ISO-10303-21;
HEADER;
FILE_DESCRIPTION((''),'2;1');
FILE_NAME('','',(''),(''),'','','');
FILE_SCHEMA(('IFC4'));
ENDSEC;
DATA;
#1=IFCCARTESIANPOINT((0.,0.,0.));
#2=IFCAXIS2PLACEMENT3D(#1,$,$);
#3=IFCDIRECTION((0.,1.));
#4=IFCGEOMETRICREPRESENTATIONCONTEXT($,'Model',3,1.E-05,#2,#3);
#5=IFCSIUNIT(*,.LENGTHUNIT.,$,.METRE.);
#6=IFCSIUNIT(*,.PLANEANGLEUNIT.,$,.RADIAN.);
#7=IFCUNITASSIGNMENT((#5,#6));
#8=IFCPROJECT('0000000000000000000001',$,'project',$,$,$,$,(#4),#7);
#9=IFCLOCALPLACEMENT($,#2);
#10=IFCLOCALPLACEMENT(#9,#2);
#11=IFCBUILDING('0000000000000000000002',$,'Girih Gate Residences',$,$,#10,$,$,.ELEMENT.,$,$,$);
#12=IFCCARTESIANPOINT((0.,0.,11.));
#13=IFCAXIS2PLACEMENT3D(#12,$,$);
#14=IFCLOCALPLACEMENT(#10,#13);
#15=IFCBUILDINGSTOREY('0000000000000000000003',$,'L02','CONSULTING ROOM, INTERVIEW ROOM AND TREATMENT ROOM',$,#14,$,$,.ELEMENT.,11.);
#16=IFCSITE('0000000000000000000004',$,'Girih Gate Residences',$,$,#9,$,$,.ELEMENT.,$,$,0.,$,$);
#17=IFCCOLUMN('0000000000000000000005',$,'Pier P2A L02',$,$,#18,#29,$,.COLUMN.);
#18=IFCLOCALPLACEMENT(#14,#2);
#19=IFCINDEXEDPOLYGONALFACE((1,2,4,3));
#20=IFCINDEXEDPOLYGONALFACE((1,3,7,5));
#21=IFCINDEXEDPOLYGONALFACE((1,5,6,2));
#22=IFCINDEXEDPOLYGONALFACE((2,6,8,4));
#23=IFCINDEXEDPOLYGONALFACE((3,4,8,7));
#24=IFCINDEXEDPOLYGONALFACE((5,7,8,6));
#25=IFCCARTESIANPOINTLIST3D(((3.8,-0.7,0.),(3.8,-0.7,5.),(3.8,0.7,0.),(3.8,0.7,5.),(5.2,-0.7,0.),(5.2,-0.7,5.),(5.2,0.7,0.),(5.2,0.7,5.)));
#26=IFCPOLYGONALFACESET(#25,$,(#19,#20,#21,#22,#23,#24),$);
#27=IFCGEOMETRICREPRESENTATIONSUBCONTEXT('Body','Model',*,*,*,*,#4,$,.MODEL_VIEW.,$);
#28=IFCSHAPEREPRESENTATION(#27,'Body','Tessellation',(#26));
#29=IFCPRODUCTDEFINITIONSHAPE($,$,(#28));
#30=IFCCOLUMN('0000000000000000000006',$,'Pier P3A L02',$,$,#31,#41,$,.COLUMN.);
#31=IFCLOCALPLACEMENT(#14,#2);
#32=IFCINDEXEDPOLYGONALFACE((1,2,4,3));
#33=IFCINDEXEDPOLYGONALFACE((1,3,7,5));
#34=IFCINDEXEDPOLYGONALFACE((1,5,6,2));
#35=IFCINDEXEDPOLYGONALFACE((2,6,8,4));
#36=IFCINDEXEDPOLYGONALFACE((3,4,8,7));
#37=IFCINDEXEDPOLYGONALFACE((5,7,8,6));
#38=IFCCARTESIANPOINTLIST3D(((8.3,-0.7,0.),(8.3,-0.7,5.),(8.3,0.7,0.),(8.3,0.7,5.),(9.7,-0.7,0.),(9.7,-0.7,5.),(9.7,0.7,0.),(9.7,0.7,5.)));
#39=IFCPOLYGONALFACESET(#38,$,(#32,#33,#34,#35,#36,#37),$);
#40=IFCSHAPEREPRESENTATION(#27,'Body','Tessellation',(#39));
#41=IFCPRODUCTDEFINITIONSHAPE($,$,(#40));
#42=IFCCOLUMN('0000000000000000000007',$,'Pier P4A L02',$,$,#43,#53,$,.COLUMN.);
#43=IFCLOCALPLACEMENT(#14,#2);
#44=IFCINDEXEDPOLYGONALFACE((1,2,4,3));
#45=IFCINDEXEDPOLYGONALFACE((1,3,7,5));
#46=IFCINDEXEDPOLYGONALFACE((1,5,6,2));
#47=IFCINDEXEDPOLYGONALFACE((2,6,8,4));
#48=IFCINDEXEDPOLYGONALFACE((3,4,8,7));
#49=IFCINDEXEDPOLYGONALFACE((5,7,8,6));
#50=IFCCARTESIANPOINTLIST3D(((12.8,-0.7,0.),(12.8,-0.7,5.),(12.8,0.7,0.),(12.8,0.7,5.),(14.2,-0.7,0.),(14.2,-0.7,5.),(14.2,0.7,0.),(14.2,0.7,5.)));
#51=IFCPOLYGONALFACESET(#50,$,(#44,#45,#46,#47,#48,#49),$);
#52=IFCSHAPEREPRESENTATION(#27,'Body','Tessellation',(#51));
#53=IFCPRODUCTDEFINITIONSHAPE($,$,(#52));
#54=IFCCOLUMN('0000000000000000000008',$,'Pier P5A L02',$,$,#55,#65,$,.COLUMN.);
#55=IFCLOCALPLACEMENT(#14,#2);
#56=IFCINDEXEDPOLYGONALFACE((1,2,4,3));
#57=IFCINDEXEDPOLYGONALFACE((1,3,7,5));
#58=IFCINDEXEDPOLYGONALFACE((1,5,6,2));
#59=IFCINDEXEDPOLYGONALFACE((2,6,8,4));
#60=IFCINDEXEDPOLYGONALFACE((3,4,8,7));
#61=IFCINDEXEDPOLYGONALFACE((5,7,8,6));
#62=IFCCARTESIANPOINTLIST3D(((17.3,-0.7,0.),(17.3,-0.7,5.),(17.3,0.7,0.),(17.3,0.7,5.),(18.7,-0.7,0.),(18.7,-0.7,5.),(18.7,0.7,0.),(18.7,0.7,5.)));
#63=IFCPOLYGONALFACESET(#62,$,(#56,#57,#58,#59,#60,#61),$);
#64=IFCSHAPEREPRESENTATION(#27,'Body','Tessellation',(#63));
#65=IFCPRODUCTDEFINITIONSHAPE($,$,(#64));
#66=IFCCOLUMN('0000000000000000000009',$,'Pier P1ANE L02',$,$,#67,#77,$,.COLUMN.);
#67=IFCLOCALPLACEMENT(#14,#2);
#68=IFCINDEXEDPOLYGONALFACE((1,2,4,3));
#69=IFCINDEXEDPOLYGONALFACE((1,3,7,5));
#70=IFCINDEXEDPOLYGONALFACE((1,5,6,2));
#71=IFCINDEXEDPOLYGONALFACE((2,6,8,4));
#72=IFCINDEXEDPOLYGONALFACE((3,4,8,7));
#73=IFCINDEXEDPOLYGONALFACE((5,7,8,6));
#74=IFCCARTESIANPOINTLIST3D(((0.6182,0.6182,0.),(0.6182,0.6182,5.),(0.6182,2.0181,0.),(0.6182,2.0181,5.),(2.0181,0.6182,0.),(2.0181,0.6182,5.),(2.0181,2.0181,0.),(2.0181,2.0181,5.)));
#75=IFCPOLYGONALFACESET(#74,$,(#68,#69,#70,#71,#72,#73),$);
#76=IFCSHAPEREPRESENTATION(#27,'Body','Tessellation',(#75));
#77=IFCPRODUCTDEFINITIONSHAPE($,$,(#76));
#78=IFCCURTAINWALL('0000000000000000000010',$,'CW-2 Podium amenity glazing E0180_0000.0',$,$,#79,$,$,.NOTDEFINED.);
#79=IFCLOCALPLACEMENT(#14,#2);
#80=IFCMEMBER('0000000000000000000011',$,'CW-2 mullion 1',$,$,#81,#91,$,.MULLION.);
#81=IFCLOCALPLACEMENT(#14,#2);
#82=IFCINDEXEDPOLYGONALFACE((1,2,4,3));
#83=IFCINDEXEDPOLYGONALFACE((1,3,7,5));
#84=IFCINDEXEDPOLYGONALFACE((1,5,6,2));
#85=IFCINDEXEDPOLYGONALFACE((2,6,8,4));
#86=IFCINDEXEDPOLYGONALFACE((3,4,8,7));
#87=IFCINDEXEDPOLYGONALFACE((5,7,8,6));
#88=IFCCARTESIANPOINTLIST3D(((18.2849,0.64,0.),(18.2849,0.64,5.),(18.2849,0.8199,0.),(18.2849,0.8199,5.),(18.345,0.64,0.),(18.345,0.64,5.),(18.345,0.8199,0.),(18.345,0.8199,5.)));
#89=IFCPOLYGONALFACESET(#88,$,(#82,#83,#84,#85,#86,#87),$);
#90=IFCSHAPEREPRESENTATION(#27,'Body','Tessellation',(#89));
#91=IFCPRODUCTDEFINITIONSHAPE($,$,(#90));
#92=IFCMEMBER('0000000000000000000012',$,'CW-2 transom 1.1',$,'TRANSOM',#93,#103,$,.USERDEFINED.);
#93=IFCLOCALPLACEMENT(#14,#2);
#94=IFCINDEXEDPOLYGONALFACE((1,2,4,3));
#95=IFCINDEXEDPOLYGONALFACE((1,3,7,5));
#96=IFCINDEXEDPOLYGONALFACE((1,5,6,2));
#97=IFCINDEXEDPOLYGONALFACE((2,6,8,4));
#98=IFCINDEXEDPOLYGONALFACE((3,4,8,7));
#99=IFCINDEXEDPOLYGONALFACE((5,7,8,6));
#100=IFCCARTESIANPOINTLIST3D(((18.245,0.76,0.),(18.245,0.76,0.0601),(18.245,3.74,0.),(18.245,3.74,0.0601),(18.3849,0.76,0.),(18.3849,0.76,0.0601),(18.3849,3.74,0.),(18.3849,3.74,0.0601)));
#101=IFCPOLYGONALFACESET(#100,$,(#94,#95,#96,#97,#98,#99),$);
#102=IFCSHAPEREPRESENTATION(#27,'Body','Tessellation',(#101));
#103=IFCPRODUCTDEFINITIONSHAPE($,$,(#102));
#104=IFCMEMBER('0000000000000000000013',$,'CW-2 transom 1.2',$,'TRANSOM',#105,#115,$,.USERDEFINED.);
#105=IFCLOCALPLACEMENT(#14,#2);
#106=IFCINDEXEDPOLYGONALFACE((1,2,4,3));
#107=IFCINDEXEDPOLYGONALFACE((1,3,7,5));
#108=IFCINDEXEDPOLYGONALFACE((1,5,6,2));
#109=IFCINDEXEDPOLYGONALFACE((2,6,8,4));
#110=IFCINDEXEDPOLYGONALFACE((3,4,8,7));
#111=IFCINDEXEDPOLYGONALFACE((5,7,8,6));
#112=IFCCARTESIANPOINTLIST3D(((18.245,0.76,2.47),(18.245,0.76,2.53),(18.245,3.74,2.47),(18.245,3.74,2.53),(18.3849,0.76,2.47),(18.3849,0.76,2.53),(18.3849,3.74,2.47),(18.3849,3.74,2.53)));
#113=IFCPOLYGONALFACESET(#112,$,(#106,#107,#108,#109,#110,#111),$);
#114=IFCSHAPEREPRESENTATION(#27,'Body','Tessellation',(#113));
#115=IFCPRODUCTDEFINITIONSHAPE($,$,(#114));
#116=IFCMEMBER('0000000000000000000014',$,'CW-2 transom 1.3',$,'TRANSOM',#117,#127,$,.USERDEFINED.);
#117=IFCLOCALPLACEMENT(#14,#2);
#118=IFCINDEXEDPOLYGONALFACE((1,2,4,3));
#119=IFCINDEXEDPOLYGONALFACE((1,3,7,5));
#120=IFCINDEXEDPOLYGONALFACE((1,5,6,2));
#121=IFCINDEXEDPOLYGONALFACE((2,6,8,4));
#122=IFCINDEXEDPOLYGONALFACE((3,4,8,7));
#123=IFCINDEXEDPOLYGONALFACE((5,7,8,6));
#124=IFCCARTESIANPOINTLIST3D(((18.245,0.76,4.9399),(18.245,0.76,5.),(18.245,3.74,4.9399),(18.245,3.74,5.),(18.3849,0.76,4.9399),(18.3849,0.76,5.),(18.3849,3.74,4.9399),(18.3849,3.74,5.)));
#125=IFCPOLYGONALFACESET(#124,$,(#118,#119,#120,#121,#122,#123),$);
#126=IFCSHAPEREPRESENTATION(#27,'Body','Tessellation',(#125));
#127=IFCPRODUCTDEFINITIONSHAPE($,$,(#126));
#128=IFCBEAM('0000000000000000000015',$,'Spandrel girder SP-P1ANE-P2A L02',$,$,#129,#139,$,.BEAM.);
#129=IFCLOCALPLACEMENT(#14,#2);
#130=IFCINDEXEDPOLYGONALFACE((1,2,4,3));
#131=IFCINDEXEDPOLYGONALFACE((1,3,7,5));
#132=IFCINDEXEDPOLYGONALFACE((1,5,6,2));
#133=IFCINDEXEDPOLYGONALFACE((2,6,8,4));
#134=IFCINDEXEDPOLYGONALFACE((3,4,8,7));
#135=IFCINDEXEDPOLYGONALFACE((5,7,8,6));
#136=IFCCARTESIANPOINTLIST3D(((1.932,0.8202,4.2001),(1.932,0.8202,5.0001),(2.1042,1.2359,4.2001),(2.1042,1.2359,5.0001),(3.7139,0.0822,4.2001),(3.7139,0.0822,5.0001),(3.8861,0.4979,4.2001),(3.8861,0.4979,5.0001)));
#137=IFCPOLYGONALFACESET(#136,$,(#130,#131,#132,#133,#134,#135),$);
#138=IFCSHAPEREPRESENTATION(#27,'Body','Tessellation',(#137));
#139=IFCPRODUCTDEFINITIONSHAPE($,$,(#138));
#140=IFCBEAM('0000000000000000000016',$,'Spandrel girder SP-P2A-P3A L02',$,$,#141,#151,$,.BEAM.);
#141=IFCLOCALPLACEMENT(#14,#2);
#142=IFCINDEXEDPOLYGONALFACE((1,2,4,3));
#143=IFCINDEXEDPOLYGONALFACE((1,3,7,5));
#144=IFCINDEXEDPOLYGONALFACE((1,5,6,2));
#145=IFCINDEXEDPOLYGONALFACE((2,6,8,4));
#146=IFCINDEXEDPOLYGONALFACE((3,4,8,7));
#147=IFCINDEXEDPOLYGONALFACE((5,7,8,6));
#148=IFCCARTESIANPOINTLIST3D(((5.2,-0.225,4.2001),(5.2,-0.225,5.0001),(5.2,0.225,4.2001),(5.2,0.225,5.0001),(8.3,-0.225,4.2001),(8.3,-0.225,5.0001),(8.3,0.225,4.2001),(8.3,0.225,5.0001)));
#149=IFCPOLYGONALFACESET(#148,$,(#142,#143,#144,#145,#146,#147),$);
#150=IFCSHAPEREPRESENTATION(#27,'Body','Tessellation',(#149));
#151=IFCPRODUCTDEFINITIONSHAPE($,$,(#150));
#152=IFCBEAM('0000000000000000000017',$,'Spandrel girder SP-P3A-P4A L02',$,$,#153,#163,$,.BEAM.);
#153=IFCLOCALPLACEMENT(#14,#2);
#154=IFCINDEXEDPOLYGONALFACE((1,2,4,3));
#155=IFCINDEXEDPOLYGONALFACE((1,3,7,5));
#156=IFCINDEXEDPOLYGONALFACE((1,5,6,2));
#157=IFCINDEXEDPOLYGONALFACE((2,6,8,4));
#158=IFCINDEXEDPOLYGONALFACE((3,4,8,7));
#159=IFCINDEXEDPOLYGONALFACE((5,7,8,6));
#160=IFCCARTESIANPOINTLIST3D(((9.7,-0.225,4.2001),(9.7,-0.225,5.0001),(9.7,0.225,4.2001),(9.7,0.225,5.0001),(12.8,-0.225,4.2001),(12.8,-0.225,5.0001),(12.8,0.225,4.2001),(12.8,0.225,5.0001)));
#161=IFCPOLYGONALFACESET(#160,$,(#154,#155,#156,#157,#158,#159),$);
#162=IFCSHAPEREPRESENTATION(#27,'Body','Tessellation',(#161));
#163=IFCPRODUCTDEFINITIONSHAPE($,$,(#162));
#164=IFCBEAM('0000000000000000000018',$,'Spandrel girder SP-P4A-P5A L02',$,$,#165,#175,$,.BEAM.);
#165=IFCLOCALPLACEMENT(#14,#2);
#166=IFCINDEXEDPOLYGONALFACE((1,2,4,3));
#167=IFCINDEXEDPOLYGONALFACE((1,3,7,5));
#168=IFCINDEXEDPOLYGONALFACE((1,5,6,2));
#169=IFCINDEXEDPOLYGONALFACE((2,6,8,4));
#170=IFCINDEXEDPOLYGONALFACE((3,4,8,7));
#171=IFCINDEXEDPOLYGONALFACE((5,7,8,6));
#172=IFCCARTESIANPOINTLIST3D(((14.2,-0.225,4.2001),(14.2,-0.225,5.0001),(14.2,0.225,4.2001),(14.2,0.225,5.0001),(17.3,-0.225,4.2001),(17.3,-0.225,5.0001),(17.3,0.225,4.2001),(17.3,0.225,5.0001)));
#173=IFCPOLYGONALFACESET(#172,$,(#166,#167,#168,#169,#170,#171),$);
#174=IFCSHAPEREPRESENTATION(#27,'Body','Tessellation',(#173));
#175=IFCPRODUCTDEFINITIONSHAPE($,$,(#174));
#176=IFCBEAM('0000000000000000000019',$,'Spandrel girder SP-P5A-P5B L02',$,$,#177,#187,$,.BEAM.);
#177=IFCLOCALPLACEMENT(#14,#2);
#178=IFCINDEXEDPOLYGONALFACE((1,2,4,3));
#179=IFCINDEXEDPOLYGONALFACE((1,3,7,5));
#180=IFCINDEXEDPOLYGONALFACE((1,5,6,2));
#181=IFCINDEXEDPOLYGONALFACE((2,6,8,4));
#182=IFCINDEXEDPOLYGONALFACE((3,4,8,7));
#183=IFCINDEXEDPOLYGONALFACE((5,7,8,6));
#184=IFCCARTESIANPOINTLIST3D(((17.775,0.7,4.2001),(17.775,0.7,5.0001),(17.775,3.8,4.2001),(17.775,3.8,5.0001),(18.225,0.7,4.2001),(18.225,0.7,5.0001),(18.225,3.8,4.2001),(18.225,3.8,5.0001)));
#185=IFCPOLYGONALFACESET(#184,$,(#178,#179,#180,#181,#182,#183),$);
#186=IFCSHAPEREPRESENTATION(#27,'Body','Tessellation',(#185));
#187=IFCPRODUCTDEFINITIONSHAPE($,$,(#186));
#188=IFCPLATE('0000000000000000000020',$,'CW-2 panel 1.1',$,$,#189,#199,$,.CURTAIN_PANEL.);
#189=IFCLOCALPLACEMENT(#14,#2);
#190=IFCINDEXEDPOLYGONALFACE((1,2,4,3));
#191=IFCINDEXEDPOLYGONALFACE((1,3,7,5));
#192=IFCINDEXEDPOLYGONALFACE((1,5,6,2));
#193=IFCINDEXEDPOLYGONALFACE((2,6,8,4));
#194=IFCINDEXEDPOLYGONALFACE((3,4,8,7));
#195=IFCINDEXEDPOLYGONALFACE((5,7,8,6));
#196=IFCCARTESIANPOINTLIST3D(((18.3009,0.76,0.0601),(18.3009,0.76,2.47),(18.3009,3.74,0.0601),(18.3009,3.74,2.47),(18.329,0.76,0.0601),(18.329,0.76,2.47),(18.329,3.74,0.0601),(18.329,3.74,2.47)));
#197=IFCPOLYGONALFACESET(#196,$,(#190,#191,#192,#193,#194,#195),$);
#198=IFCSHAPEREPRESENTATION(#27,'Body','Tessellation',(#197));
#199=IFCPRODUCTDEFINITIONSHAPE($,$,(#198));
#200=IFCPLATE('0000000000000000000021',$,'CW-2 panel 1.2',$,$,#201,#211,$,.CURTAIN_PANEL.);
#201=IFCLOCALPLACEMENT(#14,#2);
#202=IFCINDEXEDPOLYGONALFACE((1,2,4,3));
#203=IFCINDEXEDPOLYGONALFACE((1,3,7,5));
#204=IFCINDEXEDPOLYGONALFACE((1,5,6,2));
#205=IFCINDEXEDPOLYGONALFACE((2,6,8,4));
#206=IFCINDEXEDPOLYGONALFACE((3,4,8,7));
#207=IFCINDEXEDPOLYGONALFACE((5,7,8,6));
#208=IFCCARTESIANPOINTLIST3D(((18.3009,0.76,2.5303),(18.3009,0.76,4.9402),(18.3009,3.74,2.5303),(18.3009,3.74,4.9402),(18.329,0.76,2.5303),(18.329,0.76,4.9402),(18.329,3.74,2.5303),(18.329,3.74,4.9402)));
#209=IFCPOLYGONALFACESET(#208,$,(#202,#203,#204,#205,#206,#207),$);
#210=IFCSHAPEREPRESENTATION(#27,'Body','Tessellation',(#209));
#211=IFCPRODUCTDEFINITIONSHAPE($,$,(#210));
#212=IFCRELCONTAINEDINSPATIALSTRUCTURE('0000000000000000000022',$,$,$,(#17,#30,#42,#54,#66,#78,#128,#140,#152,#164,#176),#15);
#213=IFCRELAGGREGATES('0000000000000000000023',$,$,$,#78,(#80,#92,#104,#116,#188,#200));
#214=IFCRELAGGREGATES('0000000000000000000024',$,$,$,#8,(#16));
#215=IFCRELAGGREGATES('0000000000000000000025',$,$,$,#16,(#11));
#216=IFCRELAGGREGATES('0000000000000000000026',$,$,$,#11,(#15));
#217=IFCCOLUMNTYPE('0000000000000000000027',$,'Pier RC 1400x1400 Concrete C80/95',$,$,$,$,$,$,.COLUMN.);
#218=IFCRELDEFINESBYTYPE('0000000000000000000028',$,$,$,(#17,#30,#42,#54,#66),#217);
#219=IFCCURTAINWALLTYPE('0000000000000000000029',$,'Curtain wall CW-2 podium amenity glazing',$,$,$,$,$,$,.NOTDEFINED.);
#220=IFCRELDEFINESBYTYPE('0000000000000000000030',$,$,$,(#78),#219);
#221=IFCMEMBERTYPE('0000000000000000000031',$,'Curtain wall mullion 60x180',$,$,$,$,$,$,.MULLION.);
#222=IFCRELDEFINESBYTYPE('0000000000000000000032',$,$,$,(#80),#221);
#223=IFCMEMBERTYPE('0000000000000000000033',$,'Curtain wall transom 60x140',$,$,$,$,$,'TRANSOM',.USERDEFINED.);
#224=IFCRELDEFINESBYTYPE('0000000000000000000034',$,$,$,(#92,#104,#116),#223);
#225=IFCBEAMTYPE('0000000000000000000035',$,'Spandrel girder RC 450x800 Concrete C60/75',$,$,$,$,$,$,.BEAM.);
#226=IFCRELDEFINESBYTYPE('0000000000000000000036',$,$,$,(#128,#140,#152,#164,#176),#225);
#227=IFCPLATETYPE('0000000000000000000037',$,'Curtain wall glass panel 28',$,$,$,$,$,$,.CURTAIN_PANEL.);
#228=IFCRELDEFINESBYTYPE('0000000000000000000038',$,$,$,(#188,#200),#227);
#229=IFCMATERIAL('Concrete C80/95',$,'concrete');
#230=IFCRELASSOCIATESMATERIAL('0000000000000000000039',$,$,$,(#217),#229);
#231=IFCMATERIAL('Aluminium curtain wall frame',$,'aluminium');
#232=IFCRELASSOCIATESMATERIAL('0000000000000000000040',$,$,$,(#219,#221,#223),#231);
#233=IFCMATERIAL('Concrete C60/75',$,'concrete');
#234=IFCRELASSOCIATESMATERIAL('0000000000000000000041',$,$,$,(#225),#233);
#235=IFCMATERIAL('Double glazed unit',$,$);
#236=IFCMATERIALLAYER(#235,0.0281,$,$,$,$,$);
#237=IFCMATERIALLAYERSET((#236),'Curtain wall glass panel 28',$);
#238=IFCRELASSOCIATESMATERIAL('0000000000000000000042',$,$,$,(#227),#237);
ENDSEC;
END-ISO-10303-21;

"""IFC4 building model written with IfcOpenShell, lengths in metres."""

from ifc_helpers import new_model, si_unit, direction, frame, origin, origin_2d, place, context, subcontext, project, spatial, rectangle, extrude, material, layer, layer_set, material_profile, profile_set, type_object, element, aggregate, save


model = new_model("IFC4")

# Units and contexts
model_context = context("Model", 3, precision=1e-05, world=origin(), true_north=direction((0.0, 1.0)))
body_context = subcontext(model_context, "Body", "Model", "MODEL_VIEW")
ifc_project = project(units=[si_unit("LENGTHUNIT", "METRE"), si_unit("PLANEANGLEUNIT", "RADIAN")], contexts=[model_context])

# Site, building, storey
site_placement = place(None, origin())
site = spatial("IfcSite", under=ifc_project, at=site_placement, Name="Girih Gate Residences", CompositionType="ELEMENT", RefElevation=0.0)
building_placement = place(site_placement, origin())
building = spatial("IfcBuilding", under=site, at=building_placement, Name="Girih Gate Residences", CompositionType="ELEMENT")
storey_placement = place(building_placement, frame((0.0, 0.0, 11.0)))
storey = spatial("IfcBuildingStorey", under=building, at=storey_placement, Name="L02", Description="CONSULTING ROOM, INTERVIEW ROOM AND TREATMENT ROOM", CompositionType="ELEMENT", Elevation=11.0)

# Columns
ifc_material_1 = material(Name="Concrete C80/95", Category="concrete")
ifc_material_profile_1 = material_profile(ifc_material_1, rectangle(XDim=1.3999, YDim=1.3999, at=origin_2d()))
ifc_profile_set_1 = profile_set([ifc_material_profile_1], Name="Concrete C80/95")
column_type = type_object("IfcColumnType", Name="Pier RC 1400x1400 Concrete C80/95", PredefinedType="COLUMN", material=ifc_profile_set_1)
for number, where, z_axis, x_axis, name in (
    (1, (4.5, 0.0, 0.0), (0.0, 0.0, 1.0), (1.0, 0.0, 0.0), "Pier P2A L02"),
    (2, (9.0, 0.0, 0.0), (0.0, 0.0, 1.0), (1.0, 0.0, 0.0), "Pier P3A L02"),
    (3, (13.5, 0.0, 0.0), (0.0, 0.0, 1.0), (1.0, 0.0, 0.0), "Pier P4A L02"),
    (4, (18.0, 0.0, 0.0), (0.0, 0.0, 1.0), (1.0, 0.0, 0.0), "Pier P5A L02"),
    (5, (1.3181, 1.3181, 0.0), (0.0, 0.0, 1.0), (1.0, 0.0, 0.0), "Pier P1ANE L02"),
):
    element("IfcColumn", number, at=place(storey_placement, frame(where, z_axis=z_axis, x_axis=x_axis)), inside=storey, type_object=column_type, Name=name, PredefinedType="COLUMN", context=body_context, shape_type="SweptSolid", body=[
        extrude(rectangle(XDim=1.3999, YDim=1.3999, at=origin_2d()), origin(), (0.0, 0.0, 1.0), 5.0),
    ])

# Curtain wall, members
ifc_material_2 = material(Name="Aluminium curtain wall frame", Category="aluminium")
curtain_wall_type = type_object("IfcCurtainWallType", Name="Curtain wall CW-2 podium amenity glazing", PredefinedType="NOTDEFINED", material=ifc_material_2)
curtain_wall_placement = place(storey_placement, origin())
curtain_wall = element("IfcCurtainWall", 6, at=curtain_wall_placement, inside=storey, type_object=curtain_wall_type, Name="CW-2 Podium amenity glazing E0180_0000.0", PredefinedType="NOTDEFINED")
ifc_material_profile_2 = material_profile(ifc_material_2, rectangle(XDim=0.0601, YDim=0.1799, at=origin_2d()))
ifc_profile_set_2 = profile_set([ifc_material_profile_2], Name="Aluminium curtain wall frame")
member_type_1 = type_object("IfcMemberType", Name="Curtain wall mullion 60x180", PredefinedType="MULLION", material=ifc_profile_set_2)
member_1_placement = place(storey_placement, frame((18.3149, 0.73, 0.0), z_axis=(0.0, 0.0, 1.0), x_axis=(-1.0, 0.0, 0.0)))
member_1 = element("IfcMember", 7, at=member_1_placement, type_object=member_type_1, Name="CW-2 mullion 1", PredefinedType="MULLION", context=body_context, shape_type="SweptSolid", body=[
    extrude(rectangle(XDim=0.0601, YDim=0.1799, at=origin_2d()), origin(), (0.0, 0.0, 1.0), 5.0),
])
ifc_material_profile_3 = material_profile(ifc_material_2, rectangle(XDim=0.1399, YDim=0.0601, at=origin_2d()))
ifc_profile_set_3 = profile_set([ifc_material_profile_3], Name="Aluminium curtain wall frame")
member_type_2 = type_object("IfcMemberType", Name="Curtain wall transom 60x140", ElementType="TRANSOM", PredefinedType="USERDEFINED", material=ifc_profile_set_3)
member_2_placement = place(storey_placement, frame((18.3149, 0.76, 0.03), z_axis=(0.0, 1.0, 0.0), x_axis=(-1.0, 0.0, 0.0)))
member_2 = element("IfcMember", 8, at=member_2_placement, type_object=member_type_2, Name="CW-2 transom 1.1", ObjectType="TRANSOM", PredefinedType="USERDEFINED", context=body_context, shape_type="SweptSolid", body=[
    extrude(rectangle(XDim=0.1399, YDim=0.0601, at=origin_2d()), origin(), (0.0, 0.0, 1.0), 2.98),
])
member_3_placement = place(storey_placement, frame((18.3149, 0.76, 2.5), z_axis=(0.0, 1.0, 0.0), x_axis=(-1.0, 0.0, 0.0)))
member_3 = element("IfcMember", 9, at=member_3_placement, type_object=member_type_2, Name="CW-2 transom 1.2", ObjectType="TRANSOM", PredefinedType="USERDEFINED", context=body_context, shape_type="SweptSolid", body=[
    extrude(rectangle(XDim=0.1399, YDim=0.0601, at=origin_2d()), origin(), (0.0, 0.0, 1.0), 2.98),
])
member_4_placement = place(storey_placement, frame((18.3149, 0.76, 4.97), z_axis=(0.0, 1.0, 0.0), x_axis=(-1.0, 0.0, 0.0)))
member_4 = element("IfcMember", 10, at=member_4_placement, type_object=member_type_2, Name="CW-2 transom 1.3", ObjectType="TRANSOM", PredefinedType="USERDEFINED", context=body_context, shape_type="SweptSolid", body=[
    extrude(rectangle(XDim=0.1399, YDim=0.0601, at=origin_2d()), origin(), (0.0, 0.0, 1.0), 2.98),
])

# Beams
ifc_material_3 = material(Name="Concrete C60/75", Category="concrete")
ifc_material_profile_4 = material_profile(ifc_material_3, rectangle(XDim=0.45, YDim=0.8, at=origin_2d()))
ifc_profile_set_4 = profile_set([ifc_material_profile_4], Name="Concrete C60/75")
beam_type = type_object("IfcBeamType", Name="Spandrel girder RC 450x800 Concrete C60/75", PredefinedType="BEAM", material=ifc_profile_set_4)
beam_placement = place(storey_placement, frame((2.0181, 1.0281, 4.6001), z_axis=(0.923895, -0.382646, 0.0), x_axis=(0.382646, 0.923895, 0.0)))
element("IfcBeam", 11, at=beam_placement, inside=storey, type_object=beam_type, Name="Spandrel girder SP-P1ANE-P2A L02", PredefinedType="BEAM", context=body_context, shape_type="SweptSolid", body=[
    extrude(rectangle(XDim=0.45, YDim=0.8, at=origin_2d()), origin(), (0.0, 0.0, 1.0), 1.9287),
])
for number, where, z_axis, x_axis, name in (
    (12, (5.2, 0.0, 4.6001), (1.0, 0.0, 0.0), (0.0, 1.0, 0.0), "Spandrel girder SP-P2A-P3A L02"),
    (13, (9.7, 0.0, 4.6001), (1.0, 0.0, 0.0), (0.0, 1.0, 0.0), "Spandrel girder SP-P3A-P4A L02"),
    (14, (14.2, 0.0, 4.6001), (1.0, 0.0, 0.0), (0.0, 1.0, 0.0), "Spandrel girder SP-P4A-P5A L02"),
    (15, (18.0, 0.7, 4.6001), (0.0, 1.0, 0.0), (-1.0, 0.0, 0.0), "Spandrel girder SP-P5A-P5B L02"),
):
    element("IfcBeam", number, at=place(storey_placement, frame(where, z_axis=z_axis, x_axis=x_axis)), inside=storey, type_object=beam_type, Name=name, PredefinedType="BEAM", context=body_context, shape_type="SweptSolid", body=[
        extrude(rectangle(XDim=0.45, YDim=0.8, at=origin_2d()), origin(), (0.0, 0.0, 1.0), 3.1001),
    ])

# Plates
ifc_material_4 = material(Name="Double glazed unit")
ifc_layer_1 = layer(ifc_material_4, 0.0281)
ifc_layer_set_1 = layer_set([ifc_layer_1], Name="Curtain wall glass panel 28")
plate_type = type_object("IfcPlateType", Name="Curtain wall glass panel 28", PredefinedType="CURTAIN_PANEL", material=ifc_layer_set_1)
plate_1_placement = place(storey_placement, frame((18.3149, 2.25, 0.0601), z_axis=(0.0, 0.0, 1.0), x_axis=(0.0, 1.0, 0.0)))
plate_1 = element("IfcPlate", 16, at=plate_1_placement, type_object=plate_type, Name="CW-2 panel 1.1", PredefinedType="CURTAIN_PANEL", context=body_context, shape_type="SweptSolid", body=[
    extrude(rectangle(XDim=2.98, YDim=0.0281, at=origin_2d()), origin(), (0.0, 0.0, 1.0), 2.4099),
])
plate_2_placement = place(storey_placement, frame((18.3149, 2.25, 2.5303), z_axis=(0.0, 0.0, 1.0), x_axis=(0.0, 1.0, 0.0)))
plate_2 = element("IfcPlate", 17, at=plate_2_placement, type_object=plate_type, Name="CW-2 panel 1.2", PredefinedType="CURTAIN_PANEL", context=body_context, shape_type="SweptSolid", body=[
    extrude(rectangle(XDim=2.98, YDim=0.0281, at=origin_2d()), origin(), (0.0, 0.0, 1.0), 2.4099),
])
aggregate(curtain_wall, [member_1, member_2, member_3, member_4, plate_1, plate_2])

save(model, "model.ifc")
